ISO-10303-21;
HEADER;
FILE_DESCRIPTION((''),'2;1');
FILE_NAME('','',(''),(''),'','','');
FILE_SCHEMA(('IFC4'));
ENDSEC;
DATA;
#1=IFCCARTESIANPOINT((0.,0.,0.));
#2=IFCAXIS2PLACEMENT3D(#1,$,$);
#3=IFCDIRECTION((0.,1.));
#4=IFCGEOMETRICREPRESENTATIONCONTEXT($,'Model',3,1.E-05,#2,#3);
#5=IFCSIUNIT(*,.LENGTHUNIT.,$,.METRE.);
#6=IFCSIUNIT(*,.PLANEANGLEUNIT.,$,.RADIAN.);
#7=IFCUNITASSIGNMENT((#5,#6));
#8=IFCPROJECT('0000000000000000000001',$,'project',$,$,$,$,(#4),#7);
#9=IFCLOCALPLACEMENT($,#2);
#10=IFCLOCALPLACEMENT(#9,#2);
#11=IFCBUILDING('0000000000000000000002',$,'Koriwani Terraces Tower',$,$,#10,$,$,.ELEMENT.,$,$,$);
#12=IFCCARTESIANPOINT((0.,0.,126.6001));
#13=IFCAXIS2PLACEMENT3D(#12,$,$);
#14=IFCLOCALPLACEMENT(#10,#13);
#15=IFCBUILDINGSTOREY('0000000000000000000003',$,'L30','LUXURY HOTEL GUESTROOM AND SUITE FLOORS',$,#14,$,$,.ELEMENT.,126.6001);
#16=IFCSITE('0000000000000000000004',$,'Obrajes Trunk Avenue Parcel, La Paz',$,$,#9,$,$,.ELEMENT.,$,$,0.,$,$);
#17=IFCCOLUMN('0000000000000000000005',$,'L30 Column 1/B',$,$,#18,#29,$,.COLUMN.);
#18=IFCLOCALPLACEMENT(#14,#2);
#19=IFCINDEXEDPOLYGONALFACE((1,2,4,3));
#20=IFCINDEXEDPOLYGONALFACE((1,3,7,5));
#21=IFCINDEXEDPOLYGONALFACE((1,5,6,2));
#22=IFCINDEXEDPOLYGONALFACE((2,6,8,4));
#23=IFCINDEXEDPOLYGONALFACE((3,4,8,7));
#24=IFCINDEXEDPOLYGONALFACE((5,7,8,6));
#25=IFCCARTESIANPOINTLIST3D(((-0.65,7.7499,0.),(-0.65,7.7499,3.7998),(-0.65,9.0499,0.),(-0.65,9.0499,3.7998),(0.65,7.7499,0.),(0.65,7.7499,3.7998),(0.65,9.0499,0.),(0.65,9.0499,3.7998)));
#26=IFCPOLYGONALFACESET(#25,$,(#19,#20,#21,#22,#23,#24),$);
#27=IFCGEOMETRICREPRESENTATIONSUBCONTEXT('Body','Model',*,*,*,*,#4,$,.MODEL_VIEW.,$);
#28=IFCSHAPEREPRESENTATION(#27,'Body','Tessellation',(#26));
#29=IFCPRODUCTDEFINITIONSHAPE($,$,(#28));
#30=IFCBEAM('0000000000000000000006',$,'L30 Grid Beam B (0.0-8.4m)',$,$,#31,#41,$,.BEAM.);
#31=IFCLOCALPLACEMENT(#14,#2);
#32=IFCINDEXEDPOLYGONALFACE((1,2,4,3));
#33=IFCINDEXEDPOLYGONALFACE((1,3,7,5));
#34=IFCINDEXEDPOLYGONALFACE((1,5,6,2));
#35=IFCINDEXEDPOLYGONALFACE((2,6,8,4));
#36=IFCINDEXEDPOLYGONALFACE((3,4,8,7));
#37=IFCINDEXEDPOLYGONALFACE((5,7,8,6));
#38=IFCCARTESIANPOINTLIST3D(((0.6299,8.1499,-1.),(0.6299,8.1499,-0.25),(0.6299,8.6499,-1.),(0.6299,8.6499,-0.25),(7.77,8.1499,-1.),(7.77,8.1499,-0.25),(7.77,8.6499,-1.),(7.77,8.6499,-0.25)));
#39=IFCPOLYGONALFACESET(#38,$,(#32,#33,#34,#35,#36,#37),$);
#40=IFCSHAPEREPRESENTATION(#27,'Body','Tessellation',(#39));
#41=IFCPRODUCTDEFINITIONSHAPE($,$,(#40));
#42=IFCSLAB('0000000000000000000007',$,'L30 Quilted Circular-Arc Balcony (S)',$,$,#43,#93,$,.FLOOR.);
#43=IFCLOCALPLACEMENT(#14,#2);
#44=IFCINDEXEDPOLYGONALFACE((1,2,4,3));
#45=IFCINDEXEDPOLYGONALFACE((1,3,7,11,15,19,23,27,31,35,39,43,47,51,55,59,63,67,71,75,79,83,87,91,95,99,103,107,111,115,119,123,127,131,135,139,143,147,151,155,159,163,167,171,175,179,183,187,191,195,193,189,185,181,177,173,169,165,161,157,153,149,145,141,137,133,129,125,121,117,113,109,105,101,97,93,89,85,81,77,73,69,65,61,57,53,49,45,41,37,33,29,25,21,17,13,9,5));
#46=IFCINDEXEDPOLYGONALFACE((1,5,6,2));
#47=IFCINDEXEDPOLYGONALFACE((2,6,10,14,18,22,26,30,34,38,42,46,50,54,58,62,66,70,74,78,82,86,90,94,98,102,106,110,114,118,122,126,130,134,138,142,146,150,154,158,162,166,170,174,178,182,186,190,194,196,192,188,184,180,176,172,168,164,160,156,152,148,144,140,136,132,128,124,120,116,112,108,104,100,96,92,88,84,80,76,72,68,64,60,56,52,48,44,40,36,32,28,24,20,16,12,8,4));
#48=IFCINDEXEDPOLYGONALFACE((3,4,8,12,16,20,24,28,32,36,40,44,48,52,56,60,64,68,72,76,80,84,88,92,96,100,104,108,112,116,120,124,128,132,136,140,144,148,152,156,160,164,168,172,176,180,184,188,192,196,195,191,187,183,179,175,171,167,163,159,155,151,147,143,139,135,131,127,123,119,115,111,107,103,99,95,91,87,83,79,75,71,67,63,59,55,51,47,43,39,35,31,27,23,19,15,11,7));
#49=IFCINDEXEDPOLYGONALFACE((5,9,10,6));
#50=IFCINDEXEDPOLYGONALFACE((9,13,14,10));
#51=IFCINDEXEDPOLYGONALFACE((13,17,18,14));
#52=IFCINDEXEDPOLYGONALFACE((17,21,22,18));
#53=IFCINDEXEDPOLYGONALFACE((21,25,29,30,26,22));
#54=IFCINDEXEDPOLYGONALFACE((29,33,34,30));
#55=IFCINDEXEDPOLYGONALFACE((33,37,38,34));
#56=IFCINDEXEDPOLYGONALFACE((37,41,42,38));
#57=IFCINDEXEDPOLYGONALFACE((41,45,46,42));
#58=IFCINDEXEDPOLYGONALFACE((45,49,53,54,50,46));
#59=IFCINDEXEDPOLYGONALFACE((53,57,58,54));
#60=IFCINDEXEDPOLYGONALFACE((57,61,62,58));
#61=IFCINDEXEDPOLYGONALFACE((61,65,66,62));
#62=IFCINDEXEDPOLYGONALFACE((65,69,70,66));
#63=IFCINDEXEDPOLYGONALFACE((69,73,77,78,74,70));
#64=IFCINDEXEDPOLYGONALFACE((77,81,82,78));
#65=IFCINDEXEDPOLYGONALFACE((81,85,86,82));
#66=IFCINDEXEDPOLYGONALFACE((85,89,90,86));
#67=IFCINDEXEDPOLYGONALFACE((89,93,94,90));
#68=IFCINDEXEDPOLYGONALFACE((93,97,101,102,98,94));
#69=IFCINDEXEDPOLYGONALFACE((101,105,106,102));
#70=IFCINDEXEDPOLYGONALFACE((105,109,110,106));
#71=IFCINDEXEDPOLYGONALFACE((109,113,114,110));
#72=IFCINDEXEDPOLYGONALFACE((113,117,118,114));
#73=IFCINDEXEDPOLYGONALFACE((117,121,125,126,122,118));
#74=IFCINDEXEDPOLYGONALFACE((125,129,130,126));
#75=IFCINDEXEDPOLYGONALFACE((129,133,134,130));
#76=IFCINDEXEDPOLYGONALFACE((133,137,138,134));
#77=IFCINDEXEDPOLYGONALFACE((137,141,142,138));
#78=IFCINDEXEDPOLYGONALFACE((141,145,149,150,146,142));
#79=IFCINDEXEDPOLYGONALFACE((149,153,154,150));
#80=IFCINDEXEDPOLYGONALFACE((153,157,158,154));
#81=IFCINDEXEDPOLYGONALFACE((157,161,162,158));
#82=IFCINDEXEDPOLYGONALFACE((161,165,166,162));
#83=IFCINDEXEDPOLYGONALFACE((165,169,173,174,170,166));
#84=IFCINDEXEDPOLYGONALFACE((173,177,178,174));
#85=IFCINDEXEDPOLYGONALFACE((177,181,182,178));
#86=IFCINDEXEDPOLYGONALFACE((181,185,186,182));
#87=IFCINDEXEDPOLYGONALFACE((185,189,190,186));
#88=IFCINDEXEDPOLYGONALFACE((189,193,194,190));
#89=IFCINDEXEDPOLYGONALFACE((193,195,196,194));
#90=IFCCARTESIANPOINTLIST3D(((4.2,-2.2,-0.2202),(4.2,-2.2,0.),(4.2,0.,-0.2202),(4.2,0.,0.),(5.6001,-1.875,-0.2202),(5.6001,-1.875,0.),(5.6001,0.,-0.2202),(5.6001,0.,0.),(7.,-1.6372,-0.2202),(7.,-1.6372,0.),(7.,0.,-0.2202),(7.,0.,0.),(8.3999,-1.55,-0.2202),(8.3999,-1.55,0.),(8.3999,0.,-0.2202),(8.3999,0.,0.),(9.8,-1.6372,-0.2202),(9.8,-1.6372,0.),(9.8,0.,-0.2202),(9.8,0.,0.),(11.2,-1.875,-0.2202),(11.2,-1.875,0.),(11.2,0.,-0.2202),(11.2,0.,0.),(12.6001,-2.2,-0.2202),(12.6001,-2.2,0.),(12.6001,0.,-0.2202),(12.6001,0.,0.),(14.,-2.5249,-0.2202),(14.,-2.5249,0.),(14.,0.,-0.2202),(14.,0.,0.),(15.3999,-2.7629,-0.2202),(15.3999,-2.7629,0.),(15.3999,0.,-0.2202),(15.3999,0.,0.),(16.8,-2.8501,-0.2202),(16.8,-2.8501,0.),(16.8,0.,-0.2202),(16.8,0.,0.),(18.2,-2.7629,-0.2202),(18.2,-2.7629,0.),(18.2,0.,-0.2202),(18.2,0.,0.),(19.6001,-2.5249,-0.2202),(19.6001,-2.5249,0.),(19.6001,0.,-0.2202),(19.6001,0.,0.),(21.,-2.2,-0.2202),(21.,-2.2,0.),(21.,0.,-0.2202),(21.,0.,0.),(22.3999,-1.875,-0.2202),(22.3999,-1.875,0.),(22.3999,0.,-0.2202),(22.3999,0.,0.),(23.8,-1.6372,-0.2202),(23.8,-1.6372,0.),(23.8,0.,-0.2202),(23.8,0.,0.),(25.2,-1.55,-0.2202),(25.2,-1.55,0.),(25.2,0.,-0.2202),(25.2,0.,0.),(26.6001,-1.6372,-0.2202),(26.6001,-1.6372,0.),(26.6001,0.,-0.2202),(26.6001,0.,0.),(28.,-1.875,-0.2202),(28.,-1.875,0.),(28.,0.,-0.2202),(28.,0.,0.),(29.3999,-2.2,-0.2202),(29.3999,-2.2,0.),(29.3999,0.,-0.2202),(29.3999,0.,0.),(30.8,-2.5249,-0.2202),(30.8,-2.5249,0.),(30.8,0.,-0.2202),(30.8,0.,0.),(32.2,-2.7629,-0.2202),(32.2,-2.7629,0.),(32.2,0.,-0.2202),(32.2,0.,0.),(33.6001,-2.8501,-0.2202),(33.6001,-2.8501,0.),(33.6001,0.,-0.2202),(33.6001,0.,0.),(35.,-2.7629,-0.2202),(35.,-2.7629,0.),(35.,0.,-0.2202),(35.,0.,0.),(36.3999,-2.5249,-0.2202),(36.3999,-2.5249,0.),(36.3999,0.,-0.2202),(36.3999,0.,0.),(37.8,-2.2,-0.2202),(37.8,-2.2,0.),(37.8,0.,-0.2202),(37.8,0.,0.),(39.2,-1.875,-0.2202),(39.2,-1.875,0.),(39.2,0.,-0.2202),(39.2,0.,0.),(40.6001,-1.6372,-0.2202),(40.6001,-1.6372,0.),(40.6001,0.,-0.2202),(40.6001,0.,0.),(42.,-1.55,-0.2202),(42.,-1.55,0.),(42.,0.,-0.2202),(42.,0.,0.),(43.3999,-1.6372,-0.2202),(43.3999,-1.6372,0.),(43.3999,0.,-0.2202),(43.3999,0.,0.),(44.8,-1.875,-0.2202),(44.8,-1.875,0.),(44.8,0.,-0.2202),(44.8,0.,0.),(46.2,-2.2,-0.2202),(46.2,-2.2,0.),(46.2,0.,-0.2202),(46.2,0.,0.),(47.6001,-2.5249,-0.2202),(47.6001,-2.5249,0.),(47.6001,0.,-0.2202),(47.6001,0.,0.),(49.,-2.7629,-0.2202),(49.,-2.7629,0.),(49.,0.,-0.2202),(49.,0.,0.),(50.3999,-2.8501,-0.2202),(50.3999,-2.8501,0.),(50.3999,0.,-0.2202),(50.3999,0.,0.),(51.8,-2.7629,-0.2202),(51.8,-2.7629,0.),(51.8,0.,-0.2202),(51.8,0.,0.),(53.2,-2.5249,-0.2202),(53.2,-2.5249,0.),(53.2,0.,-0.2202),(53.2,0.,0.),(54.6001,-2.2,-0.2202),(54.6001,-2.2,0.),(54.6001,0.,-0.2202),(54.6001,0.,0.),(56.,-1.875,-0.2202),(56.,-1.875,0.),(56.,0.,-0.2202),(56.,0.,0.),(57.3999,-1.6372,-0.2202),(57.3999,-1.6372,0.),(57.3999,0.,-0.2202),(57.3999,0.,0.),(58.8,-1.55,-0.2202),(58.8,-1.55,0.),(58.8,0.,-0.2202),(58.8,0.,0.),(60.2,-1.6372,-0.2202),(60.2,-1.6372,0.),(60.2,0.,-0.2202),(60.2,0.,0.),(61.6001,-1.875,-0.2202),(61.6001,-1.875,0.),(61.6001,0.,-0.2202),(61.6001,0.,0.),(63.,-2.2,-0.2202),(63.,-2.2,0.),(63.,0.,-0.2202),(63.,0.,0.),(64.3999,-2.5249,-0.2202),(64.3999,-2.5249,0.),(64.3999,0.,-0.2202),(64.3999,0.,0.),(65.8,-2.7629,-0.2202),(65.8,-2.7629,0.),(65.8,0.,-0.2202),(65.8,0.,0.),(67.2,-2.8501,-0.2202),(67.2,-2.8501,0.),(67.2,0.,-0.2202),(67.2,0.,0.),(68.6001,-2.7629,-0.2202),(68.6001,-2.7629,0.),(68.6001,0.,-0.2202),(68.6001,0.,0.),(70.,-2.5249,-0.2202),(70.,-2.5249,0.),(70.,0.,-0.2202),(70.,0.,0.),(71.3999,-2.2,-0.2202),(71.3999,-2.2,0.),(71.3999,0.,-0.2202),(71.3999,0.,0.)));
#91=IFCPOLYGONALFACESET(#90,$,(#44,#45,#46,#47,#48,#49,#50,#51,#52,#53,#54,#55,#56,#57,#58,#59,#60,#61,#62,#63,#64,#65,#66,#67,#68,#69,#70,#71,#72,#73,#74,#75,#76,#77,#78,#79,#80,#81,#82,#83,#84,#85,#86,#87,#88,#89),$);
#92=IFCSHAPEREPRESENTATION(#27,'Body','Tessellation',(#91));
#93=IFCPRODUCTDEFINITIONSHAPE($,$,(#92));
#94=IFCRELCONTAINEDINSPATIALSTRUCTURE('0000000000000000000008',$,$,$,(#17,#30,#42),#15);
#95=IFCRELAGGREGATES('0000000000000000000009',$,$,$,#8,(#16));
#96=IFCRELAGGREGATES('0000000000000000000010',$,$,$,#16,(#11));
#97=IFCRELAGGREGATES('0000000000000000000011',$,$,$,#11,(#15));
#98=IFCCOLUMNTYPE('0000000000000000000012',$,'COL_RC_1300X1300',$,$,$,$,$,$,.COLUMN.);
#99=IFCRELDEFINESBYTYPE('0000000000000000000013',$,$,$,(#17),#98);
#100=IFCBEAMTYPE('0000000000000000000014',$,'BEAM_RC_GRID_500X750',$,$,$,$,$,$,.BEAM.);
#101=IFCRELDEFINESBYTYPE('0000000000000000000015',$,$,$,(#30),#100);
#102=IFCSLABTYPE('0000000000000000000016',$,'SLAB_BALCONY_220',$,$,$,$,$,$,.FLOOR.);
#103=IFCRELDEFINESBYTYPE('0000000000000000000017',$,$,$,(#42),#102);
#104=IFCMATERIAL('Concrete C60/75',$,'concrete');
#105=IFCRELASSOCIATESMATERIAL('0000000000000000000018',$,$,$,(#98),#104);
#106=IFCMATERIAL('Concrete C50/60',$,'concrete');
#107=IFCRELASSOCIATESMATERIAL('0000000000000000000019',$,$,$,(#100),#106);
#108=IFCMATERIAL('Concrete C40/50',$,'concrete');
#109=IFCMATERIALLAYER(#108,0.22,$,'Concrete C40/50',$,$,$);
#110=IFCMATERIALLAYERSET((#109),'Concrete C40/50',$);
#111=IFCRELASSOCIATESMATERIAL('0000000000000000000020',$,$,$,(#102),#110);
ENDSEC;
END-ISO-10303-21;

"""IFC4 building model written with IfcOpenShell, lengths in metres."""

from ifc_helpers import new_model, si_unit, direction, frame, origin, origin_2d, place, context, subcontext, project, spatial, polyline, rectangle, outline, extrude, material, layer, layer_set, material_profile, profile_set, type_object, element, save


model = new_model("IFC4")

# Units and contexts
model_context = context("Model", 3, precision=1e-05, world=origin(), true_north=direction((0.0, 1.0)))
body_context = subcontext(model_context, "Body", "Model", "MODEL_VIEW")
ifc_project = project(units=[si_unit("LENGTHUNIT", "METRE"), si_unit("PLANEANGLEUNIT", "RADIAN")], contexts=[model_context])

# Site, building, storey
site_placement = place(None, origin())
site = spatial("IfcSite", under=ifc_project, at=site_placement, Name="Obrajes Trunk Avenue Parcel, La Paz", CompositionType="ELEMENT", RefElevation=0.0)
building_placement = place(site_placement, origin())
building = spatial("IfcBuilding", under=site, at=building_placement, Name="Koriwani Terraces Tower", CompositionType="ELEMENT")
storey_placement = place(building_placement, frame((0.0, 0.0, 126.6001)))
storey = spatial("IfcBuildingStorey", under=building, at=storey_placement, Name="L30", Description="LUXURY HOTEL GUESTROOM AND SUITE FLOORS", CompositionType="ELEMENT", Elevation=126.6001)

# Column
ifc_material_1 = material(Name="Concrete C60/75", Category="concrete")
ifc_material_profile_1 = material_profile(ifc_material_1, rectangle(XDim=1.3, YDim=1.3, at=origin_2d()), Name="Concrete C60/75", Category="LoadBearing")
ifc_profile_set_1 = profile_set([ifc_material_profile_1], Name="Concrete C60/75")
column_type = type_object("IfcColumnType", Name="COL_RC_1300X1300", PredefinedType="COLUMN", material=ifc_profile_set_1)
column_placement = place(storey_placement, frame((0.0, 8.3999, 0.0), z_axis=(0.0, 0.0, 1.0), x_axis=(1.0, 0.0, 0.0)))
element("IfcColumn", 1, at=column_placement, inside=storey, type_object=column_type, Name="L30 Column 1/B", PredefinedType="COLUMN", context=body_context, shape_type="SweptSolid", body=[
    extrude(rectangle(XDim=1.3, YDim=1.3, at=origin_2d()), origin(), (0.0, 0.0, 1.0), 3.7998),
])

# Beam
ifc_material_2 = material(Name="Concrete C50/60", Category="concrete")
ifc_material_profile_2 = material_profile(ifc_material_2, rectangle(XDim=0.5, YDim=0.75, at=origin_2d()), Name="Concrete C50/60", Category="LoadBearing")
ifc_profile_set_2 = profile_set([ifc_material_profile_2], Name="Concrete C50/60")
beam_type = type_object("IfcBeamType", Name="BEAM_RC_GRID_500X750", PredefinedType="BEAM", material=ifc_profile_set_2)
beam_placement = place(storey_placement, frame((0.6299, 8.3999, -0.625), z_axis=(1.0, 0.0, 0.0), x_axis=(0.0, 1.0, 0.0)))
element("IfcBeam", 2, at=beam_placement, inside=storey, type_object=beam_type, Name="L30 Grid Beam B (0.0-8.4m)", PredefinedType="BEAM", context=body_context, shape_type="SweptSolid", body=[
    extrude(rectangle(XDim=0.5, YDim=0.75, at=origin_2d()), origin(), (0.0, 0.0, 1.0), 7.1401),
])

# Slab
ifc_material_3 = material(Name="Concrete C40/50", Category="concrete")
ifc_layer_1 = layer(ifc_material_3, 0.22, Name="Concrete C40/50")
ifc_layer_set_1 = layer_set([ifc_layer_1], Name="Concrete C40/50")
slab_type_1 = type_object("IfcSlabType", Name="SLAB_BALCONY_220", PredefinedType="FLOOR", material=ifc_layer_set_1)
slab_1_placement = place(storey_placement, frame((0.0, 0.0, -0.2202)))
element("IfcSlab", 3, at=slab_1_placement, inside=storey, type_object=slab_type_1, Name="L30 Quilted Circular-Arc Balcony (S)", PredefinedType="FLOOR", context=body_context, shape_type="SweptSolid", body=[
    extrude(outline(polyline([(4.2, 0.0), (5.6001, 0.0), (7.0, 0.0), (8.3999, 0.0), (9.8, 0.0), (11.2, 0.0), (12.6001, 0.0), (14.0, 0.0), (15.3999, 0.0), (16.8, 0.0), (18.2, 0.0), (19.6001, 0.0), (21.0, 0.0), (22.3999, 0.0), (23.8, 0.0), (25.2, 0.0), (26.6001, 0.0), (28.0, 0.0), (29.3999, 0.0), (30.8, 0.0), (32.2, 0.0), (33.6001, 0.0), (35.0, 0.0), (36.3999, 0.0), (37.8, 0.0), (39.2, 0.0), (40.6001, 0.0), (42.0, 0.0), (43.3999, 0.0), (44.8, 0.0), (46.2, 0.0), (47.6001, 0.0), (49.0, 0.0), (50.3999, 0.0), (51.8, 0.0), (53.2, 0.0), (54.6001, 0.0), (56.0, 0.0), (57.3999, 0.0), (58.8, 0.0), (60.2, 0.0), (61.6001, 0.0), (63.0, 0.0), (64.3999, 0.0), (65.8, 0.0), (67.2, 0.0), (68.6001, 0.0), (70.0, 0.0), (71.3999, 0.0), (71.3999, -2.2), (70.0, -2.5249), (68.6001, -2.7629), (67.2, -2.8501), (65.8, -2.7629), (64.3999, -2.5249), (63.0, -2.2), (61.6001, -1.875), (60.2, -1.6372), (58.8, -1.55), (57.3999, -1.6372), (56.0, -1.875), (54.6001, -2.2), (53.2, -2.5249), (51.8, -2.7629), (50.3999, -2.8501), (49.0, -2.7629), (47.6001, -2.5249), (46.2, -2.2), (44.8, -1.875), (43.3999, -1.6372), (42.0, -1.55), (40.6001, -1.6372), (39.2, -1.875), (37.8, -2.2), (36.3999, -2.5249), (35.0, -2.7629), (33.6001, -2.8501), (32.2, -2.7629), (30.8, -2.5249), (29.3999, -2.2), (28.0, -1.875), (26.6001, -1.6372), (25.2, -1.55), (23.8, -1.6372), (22.3999, -1.875), (21.0, -2.2), (19.6001, -2.5249), (18.2, -2.7629), (16.8, -2.8501), (15.3999, -2.7629), (14.0, -2.5249), (12.6001, -2.2), (11.2, -1.875), (9.8, -1.6372), (8.3999, -1.55), (7.0, -1.6372), (5.6001, -1.875), (4.2, -2.2), (4.2, 0.0)])), origin(), (0.0, 0.0, 1.0), 0.2202),
])

save(model, "model.ifc")
